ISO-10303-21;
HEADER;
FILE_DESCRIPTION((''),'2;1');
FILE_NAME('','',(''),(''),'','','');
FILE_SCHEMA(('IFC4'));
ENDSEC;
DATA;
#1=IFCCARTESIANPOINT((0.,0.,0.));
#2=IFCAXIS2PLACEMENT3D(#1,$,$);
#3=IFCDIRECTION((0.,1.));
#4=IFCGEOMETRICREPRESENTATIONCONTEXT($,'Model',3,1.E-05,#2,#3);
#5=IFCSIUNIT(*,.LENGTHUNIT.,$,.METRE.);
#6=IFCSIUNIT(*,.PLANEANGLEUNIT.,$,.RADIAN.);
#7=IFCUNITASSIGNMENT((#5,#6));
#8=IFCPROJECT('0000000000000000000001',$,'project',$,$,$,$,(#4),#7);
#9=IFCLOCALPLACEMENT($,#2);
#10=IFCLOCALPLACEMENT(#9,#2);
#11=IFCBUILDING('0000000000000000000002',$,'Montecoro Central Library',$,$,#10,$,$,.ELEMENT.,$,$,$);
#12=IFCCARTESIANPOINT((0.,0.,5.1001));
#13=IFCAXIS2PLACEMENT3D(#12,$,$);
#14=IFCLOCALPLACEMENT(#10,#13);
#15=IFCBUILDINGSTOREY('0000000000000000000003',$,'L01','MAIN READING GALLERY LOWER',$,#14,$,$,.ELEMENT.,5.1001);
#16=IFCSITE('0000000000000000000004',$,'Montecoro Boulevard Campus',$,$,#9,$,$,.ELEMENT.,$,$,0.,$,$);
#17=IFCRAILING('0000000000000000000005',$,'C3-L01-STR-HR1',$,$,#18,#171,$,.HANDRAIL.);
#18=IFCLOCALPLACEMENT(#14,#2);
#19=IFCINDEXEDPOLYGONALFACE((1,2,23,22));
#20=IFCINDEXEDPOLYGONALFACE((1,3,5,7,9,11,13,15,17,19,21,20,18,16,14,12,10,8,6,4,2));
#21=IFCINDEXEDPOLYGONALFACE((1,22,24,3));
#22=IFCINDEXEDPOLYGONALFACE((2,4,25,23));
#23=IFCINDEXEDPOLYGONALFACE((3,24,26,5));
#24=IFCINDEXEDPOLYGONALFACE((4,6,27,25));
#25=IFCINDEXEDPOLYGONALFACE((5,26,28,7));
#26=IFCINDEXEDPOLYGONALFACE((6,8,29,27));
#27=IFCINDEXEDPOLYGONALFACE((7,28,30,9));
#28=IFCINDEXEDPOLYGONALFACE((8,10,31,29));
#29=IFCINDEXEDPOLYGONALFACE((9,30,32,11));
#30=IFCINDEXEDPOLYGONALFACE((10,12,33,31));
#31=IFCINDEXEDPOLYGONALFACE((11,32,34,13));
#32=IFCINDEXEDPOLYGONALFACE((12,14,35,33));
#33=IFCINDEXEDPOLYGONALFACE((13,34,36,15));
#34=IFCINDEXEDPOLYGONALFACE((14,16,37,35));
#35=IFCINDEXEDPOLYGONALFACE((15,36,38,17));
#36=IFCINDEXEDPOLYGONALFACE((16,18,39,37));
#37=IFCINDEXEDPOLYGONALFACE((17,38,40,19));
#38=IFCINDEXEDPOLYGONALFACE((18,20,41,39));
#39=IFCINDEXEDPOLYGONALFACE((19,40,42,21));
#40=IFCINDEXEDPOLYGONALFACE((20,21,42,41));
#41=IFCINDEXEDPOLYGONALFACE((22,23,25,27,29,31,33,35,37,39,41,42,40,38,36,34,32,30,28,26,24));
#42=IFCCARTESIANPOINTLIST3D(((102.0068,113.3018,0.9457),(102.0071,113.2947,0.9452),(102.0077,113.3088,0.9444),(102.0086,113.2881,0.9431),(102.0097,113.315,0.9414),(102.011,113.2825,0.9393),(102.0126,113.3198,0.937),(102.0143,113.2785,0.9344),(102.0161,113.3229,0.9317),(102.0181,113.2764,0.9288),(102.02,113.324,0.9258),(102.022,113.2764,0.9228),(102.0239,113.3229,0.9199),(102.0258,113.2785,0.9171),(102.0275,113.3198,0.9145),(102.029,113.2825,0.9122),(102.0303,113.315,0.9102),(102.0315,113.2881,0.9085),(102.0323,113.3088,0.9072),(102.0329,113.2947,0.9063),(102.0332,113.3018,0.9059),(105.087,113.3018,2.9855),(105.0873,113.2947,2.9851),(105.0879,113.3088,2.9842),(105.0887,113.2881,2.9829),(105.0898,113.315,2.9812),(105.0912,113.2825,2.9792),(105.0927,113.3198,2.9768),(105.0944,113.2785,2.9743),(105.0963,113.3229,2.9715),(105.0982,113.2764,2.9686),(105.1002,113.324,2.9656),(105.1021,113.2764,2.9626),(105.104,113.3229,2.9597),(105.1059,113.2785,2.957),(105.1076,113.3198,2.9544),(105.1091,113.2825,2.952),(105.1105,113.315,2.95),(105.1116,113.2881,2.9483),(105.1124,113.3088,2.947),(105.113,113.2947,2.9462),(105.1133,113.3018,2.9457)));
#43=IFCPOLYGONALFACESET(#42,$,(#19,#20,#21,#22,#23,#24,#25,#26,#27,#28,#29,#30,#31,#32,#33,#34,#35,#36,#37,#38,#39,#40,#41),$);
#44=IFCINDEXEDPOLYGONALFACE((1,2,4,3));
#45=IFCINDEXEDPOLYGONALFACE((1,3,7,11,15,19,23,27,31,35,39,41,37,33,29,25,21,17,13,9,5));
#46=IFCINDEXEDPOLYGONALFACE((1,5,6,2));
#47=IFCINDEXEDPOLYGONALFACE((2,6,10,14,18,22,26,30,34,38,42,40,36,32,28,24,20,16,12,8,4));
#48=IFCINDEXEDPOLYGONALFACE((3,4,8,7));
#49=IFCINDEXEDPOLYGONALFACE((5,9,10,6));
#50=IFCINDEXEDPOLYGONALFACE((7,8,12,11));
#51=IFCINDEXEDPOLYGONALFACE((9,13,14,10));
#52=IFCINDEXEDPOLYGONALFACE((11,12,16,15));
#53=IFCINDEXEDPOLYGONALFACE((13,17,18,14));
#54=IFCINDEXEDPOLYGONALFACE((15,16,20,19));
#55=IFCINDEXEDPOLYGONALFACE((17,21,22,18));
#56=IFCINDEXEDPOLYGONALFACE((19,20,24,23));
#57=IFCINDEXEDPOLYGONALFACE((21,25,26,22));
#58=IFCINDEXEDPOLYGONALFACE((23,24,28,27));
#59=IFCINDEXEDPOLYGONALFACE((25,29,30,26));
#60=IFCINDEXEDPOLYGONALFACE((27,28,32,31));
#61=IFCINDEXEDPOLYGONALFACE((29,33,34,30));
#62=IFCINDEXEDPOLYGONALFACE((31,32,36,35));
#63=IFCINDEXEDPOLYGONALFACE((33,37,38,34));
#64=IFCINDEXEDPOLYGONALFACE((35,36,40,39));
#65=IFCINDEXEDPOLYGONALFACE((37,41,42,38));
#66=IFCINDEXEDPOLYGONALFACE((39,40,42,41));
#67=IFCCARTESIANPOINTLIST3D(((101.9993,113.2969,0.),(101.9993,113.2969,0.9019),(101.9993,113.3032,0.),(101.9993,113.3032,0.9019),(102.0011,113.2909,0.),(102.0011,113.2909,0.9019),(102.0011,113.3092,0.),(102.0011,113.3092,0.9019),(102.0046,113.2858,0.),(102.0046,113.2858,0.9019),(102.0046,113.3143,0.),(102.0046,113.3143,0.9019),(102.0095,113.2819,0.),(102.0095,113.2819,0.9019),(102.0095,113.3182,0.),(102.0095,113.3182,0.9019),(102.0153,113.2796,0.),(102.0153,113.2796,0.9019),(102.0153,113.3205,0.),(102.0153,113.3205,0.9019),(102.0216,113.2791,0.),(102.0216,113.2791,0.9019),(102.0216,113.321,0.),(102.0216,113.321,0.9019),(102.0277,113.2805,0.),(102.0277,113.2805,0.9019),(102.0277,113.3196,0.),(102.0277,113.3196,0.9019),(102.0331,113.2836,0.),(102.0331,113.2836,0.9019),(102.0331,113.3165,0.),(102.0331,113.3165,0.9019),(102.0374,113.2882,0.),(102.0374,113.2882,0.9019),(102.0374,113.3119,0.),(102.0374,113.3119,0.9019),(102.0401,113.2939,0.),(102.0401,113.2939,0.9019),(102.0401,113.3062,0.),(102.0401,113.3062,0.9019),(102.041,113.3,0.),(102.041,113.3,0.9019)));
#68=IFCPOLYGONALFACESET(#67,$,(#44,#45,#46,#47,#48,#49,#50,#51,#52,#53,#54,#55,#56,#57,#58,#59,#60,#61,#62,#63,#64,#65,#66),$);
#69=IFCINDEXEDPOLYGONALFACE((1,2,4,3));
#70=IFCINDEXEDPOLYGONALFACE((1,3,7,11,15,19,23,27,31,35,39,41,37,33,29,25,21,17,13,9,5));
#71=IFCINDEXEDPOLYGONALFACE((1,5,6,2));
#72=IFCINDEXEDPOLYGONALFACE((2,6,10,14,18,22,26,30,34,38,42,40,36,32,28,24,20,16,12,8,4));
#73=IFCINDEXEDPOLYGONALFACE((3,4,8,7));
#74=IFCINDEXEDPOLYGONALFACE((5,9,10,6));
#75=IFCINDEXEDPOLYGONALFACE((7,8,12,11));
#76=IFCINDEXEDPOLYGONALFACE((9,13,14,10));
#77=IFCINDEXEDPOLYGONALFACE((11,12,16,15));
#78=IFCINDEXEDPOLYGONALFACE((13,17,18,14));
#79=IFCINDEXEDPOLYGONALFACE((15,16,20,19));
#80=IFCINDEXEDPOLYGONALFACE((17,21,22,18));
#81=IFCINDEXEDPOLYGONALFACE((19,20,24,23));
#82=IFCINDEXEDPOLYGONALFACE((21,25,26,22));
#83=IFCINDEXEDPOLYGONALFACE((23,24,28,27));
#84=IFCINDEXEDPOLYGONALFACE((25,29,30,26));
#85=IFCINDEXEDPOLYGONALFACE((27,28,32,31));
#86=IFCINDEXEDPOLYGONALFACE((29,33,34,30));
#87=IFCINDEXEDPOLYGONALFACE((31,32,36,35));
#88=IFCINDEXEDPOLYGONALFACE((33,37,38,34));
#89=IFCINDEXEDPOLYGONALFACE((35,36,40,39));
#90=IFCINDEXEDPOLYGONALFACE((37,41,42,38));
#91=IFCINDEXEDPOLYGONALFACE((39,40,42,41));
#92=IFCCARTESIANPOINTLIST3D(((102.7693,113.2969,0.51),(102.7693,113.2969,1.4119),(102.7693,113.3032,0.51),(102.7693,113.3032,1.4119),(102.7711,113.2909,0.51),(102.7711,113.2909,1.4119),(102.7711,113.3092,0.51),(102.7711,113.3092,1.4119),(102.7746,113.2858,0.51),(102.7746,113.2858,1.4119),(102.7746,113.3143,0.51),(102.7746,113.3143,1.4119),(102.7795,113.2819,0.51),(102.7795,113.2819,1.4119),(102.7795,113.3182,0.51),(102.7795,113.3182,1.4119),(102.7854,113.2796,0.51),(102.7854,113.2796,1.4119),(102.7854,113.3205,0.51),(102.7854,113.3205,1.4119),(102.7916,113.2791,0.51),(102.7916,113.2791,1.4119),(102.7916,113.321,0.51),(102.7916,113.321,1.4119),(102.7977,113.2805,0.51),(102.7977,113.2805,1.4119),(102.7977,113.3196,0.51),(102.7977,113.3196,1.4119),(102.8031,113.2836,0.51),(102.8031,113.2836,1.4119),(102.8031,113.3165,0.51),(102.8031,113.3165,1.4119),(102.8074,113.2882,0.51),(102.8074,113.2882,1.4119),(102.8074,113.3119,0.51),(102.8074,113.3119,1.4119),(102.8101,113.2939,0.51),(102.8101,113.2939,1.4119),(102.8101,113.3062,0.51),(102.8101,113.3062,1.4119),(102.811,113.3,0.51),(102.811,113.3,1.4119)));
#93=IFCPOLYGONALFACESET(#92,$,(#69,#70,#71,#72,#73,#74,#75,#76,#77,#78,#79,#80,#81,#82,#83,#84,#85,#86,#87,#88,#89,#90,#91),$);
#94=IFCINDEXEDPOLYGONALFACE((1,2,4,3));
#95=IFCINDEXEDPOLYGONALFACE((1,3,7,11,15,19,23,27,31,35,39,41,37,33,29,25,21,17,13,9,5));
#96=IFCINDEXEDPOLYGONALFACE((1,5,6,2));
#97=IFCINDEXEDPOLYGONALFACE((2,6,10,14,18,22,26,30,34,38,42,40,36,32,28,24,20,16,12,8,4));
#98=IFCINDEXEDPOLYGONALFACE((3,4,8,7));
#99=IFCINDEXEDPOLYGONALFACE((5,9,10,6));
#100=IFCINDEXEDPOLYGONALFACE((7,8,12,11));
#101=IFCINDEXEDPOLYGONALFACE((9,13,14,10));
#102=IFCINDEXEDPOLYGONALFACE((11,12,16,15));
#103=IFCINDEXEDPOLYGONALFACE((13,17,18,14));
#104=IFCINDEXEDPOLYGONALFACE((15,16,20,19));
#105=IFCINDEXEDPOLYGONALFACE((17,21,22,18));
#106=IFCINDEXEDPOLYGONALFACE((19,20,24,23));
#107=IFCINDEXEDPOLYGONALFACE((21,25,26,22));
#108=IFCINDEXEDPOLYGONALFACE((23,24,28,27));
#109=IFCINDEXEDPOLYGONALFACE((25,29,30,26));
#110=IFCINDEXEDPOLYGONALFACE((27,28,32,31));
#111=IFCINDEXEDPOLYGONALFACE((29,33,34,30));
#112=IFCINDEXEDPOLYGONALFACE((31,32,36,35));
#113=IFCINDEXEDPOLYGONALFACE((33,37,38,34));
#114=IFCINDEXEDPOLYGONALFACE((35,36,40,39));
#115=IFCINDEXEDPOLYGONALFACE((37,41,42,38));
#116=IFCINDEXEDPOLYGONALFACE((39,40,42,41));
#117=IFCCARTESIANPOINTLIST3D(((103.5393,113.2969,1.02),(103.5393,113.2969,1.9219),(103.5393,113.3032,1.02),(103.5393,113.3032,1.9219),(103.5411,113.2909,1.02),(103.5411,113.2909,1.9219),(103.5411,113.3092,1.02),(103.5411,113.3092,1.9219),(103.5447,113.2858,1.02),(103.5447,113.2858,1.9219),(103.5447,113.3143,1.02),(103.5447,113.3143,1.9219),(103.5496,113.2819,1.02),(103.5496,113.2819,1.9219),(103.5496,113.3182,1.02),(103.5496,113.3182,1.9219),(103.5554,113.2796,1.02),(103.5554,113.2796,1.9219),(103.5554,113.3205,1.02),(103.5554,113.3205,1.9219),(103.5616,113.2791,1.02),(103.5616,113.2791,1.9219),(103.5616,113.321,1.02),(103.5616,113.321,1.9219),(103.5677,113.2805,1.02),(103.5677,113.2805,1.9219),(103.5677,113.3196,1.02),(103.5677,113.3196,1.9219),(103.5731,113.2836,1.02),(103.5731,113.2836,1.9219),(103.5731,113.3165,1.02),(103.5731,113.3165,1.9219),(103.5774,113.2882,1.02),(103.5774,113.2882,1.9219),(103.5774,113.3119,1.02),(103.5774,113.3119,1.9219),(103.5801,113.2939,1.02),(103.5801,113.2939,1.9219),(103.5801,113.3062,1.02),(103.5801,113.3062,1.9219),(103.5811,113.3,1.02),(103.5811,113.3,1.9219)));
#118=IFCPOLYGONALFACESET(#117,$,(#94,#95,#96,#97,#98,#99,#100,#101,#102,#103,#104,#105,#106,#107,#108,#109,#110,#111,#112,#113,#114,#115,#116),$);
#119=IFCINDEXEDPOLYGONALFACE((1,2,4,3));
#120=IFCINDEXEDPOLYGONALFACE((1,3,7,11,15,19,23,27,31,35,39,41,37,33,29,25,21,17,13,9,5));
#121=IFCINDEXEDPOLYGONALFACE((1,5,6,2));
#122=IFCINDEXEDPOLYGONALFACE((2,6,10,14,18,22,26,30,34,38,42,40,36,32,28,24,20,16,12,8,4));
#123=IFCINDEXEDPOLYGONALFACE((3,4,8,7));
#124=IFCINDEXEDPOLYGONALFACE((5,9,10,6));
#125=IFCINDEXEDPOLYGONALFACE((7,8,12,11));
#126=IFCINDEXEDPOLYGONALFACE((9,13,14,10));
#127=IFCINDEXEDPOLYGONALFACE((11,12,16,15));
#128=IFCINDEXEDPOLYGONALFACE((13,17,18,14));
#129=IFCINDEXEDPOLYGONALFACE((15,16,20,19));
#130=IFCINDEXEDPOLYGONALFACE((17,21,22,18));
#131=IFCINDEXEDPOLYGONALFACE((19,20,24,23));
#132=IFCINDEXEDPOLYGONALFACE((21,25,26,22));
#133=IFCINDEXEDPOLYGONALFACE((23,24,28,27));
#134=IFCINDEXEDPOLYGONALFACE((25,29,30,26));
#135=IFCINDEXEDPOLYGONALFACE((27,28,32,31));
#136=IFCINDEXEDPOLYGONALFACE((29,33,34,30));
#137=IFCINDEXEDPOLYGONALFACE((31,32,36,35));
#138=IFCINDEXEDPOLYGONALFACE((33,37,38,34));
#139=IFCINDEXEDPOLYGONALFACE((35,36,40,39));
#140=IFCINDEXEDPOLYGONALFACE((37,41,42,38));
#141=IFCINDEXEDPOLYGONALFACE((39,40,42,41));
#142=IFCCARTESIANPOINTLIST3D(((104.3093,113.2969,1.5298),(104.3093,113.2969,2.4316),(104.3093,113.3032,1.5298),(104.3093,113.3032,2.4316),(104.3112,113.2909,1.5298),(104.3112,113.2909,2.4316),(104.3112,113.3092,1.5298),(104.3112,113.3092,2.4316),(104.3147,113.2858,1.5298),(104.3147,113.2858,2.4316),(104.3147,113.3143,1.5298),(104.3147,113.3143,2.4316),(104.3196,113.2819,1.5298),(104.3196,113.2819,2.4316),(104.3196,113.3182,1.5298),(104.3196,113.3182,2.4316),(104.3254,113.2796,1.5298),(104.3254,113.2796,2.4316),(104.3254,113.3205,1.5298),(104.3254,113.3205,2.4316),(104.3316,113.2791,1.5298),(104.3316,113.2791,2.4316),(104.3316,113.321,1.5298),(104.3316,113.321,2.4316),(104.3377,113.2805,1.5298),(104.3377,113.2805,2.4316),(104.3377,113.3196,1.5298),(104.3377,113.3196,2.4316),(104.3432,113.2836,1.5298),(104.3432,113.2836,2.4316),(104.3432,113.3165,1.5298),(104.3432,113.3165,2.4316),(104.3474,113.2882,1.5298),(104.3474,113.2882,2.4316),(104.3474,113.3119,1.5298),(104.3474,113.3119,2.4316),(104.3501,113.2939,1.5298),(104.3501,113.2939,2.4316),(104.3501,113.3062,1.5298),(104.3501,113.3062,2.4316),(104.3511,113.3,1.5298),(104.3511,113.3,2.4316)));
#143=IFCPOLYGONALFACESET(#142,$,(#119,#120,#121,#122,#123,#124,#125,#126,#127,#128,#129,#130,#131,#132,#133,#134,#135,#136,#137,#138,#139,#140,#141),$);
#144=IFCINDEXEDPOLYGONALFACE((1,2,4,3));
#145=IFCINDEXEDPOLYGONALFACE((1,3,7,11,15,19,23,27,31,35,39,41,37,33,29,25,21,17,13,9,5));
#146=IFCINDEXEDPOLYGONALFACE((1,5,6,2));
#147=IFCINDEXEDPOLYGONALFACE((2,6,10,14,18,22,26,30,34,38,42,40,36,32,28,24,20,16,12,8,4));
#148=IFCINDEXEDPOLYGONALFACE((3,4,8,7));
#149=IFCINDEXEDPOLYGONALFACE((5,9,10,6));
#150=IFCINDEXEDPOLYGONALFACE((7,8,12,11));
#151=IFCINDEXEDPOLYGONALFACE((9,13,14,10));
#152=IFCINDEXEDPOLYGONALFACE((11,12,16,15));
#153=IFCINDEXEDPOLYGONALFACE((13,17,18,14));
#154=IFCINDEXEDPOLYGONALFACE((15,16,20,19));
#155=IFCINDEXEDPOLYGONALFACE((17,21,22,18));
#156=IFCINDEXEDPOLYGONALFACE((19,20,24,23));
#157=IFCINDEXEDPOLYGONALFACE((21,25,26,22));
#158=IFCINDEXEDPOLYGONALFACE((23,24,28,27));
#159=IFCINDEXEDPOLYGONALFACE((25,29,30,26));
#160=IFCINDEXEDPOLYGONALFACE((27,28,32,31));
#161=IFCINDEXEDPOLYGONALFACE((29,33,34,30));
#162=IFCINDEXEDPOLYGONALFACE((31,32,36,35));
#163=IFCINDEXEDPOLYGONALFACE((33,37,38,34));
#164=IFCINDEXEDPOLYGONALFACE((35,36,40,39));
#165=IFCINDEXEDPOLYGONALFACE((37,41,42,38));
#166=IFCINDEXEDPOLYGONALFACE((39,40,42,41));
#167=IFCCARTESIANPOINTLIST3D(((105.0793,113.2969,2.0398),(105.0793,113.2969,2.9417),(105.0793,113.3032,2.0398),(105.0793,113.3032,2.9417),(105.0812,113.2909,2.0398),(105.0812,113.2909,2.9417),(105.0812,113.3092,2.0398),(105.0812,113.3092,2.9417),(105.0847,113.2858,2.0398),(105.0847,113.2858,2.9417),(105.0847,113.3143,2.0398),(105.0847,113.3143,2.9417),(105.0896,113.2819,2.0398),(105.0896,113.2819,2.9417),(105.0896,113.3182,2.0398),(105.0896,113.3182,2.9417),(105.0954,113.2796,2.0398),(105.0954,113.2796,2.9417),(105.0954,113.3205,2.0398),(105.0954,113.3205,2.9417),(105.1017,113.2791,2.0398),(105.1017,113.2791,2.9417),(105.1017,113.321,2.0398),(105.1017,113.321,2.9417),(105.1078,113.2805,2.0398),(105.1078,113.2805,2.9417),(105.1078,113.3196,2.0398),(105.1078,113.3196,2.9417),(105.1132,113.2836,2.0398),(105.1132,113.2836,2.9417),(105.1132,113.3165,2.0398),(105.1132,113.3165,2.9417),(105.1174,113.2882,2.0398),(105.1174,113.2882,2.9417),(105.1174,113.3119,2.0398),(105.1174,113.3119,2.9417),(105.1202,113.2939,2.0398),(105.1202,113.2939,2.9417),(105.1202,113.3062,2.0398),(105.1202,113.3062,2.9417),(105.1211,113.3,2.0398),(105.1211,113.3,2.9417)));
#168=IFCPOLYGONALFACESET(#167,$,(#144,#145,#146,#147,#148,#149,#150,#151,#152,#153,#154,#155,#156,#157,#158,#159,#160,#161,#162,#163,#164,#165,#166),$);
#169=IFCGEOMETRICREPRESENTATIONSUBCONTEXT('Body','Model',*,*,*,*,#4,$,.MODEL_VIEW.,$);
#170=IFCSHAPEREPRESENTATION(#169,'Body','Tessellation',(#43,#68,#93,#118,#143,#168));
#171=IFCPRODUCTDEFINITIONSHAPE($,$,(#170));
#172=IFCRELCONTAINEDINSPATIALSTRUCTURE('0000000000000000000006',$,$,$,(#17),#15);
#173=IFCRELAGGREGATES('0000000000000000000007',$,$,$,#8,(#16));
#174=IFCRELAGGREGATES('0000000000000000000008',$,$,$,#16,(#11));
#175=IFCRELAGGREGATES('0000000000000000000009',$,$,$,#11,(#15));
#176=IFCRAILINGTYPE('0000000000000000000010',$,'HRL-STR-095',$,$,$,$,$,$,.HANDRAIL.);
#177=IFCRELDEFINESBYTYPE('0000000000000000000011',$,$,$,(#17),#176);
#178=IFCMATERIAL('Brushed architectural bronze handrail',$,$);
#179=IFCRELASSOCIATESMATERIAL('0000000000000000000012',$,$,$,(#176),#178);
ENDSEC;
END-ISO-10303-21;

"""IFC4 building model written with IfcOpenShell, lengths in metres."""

from ifc_helpers import new_model, si_unit, direction, frame, origin, origin_2d, place, context, subcontext, project, spatial, circle, extrude, material, type_object, element, save


model = new_model("IFC4")

# Units and contexts
model_context = context("Model", 3, precision=1e-05, world=origin(), true_north=direction((0.0, 1.0)))
body_context = subcontext(model_context, "Body", "Model", "MODEL_VIEW")
ifc_project = project(units=[si_unit("LENGTHUNIT", "METRE"), si_unit("PLANEANGLEUNIT", "RADIAN")], contexts=[model_context])

# Site, building, storey
site_placement = place(None, origin())
site = spatial("IfcSite", under=ifc_project, at=site_placement, Name="Montecoro Boulevard Campus", CompositionType="ELEMENT", RefElevation=0.0)
building_placement = place(site_placement, origin())
building = spatial("IfcBuilding", under=site, at=building_placement, Name="Montecoro Central Library", CompositionType="ELEMENT")
storey_placement = place(building_placement, frame((0.0, 0.0, 5.1001)))
storey = spatial("IfcBuildingStorey", under=building, at=storey_placement, Name="L01", Description="MAIN READING GALLERY LOWER", CompositionType="ELEMENT", Elevation=5.1001)

# Railing
ifc_material_1 = material(Name="Brushed architectural bronze handrail")
railing_type_1 = type_object("IfcRailingType", Name="HRL-STR-095", PredefinedType="HANDRAIL", material=ifc_material_1)
railing_1_placement = place(storey_placement, frame((102.02, 113.3, 0.0)))
element("IfcRailing", 1, at=railing_1_placement, inside=storey, type_object=railing_type_1, Name="C3-L01-STR-HR1", PredefinedType="HANDRAIL", context=body_context, shape_type="SweptSolid", body=[
    extrude(circle(Radius=0.0239, at=origin_2d()), frame((0.0, 0.0, 0.9258), z_axis=(0.833744, 0.0, 0.552151), x_axis=(0.0, 1.0, 0.0)), (0.0, 0.0, 1.0), 3.6943),
    extrude(circle(Radius=0.021, at=origin_2d()), origin(), (0.0, 0.0, 1.0), 0.9019),
    extrude(circle(Radius=0.021, at=origin_2d()), frame((0.77, 0.0, 0.51)), (0.0, 0.0, 1.0), 0.9019),
    extrude(circle(Radius=0.021, at=origin_2d()), frame((1.54, 0.0, 1.02)), (0.0, 0.0, 1.0), 0.9019),
    extrude(circle(Radius=0.021, at=origin_2d()), frame((2.3101, 0.0, 1.5298)), (0.0, 0.0, 1.0), 0.9019),
    extrude(circle(Radius=0.021, at=origin_2d()), frame((3.0801, 0.0, 2.0398)), (0.0, 0.0, 1.0), 0.9019),
])

save(model, "model.ifc")
